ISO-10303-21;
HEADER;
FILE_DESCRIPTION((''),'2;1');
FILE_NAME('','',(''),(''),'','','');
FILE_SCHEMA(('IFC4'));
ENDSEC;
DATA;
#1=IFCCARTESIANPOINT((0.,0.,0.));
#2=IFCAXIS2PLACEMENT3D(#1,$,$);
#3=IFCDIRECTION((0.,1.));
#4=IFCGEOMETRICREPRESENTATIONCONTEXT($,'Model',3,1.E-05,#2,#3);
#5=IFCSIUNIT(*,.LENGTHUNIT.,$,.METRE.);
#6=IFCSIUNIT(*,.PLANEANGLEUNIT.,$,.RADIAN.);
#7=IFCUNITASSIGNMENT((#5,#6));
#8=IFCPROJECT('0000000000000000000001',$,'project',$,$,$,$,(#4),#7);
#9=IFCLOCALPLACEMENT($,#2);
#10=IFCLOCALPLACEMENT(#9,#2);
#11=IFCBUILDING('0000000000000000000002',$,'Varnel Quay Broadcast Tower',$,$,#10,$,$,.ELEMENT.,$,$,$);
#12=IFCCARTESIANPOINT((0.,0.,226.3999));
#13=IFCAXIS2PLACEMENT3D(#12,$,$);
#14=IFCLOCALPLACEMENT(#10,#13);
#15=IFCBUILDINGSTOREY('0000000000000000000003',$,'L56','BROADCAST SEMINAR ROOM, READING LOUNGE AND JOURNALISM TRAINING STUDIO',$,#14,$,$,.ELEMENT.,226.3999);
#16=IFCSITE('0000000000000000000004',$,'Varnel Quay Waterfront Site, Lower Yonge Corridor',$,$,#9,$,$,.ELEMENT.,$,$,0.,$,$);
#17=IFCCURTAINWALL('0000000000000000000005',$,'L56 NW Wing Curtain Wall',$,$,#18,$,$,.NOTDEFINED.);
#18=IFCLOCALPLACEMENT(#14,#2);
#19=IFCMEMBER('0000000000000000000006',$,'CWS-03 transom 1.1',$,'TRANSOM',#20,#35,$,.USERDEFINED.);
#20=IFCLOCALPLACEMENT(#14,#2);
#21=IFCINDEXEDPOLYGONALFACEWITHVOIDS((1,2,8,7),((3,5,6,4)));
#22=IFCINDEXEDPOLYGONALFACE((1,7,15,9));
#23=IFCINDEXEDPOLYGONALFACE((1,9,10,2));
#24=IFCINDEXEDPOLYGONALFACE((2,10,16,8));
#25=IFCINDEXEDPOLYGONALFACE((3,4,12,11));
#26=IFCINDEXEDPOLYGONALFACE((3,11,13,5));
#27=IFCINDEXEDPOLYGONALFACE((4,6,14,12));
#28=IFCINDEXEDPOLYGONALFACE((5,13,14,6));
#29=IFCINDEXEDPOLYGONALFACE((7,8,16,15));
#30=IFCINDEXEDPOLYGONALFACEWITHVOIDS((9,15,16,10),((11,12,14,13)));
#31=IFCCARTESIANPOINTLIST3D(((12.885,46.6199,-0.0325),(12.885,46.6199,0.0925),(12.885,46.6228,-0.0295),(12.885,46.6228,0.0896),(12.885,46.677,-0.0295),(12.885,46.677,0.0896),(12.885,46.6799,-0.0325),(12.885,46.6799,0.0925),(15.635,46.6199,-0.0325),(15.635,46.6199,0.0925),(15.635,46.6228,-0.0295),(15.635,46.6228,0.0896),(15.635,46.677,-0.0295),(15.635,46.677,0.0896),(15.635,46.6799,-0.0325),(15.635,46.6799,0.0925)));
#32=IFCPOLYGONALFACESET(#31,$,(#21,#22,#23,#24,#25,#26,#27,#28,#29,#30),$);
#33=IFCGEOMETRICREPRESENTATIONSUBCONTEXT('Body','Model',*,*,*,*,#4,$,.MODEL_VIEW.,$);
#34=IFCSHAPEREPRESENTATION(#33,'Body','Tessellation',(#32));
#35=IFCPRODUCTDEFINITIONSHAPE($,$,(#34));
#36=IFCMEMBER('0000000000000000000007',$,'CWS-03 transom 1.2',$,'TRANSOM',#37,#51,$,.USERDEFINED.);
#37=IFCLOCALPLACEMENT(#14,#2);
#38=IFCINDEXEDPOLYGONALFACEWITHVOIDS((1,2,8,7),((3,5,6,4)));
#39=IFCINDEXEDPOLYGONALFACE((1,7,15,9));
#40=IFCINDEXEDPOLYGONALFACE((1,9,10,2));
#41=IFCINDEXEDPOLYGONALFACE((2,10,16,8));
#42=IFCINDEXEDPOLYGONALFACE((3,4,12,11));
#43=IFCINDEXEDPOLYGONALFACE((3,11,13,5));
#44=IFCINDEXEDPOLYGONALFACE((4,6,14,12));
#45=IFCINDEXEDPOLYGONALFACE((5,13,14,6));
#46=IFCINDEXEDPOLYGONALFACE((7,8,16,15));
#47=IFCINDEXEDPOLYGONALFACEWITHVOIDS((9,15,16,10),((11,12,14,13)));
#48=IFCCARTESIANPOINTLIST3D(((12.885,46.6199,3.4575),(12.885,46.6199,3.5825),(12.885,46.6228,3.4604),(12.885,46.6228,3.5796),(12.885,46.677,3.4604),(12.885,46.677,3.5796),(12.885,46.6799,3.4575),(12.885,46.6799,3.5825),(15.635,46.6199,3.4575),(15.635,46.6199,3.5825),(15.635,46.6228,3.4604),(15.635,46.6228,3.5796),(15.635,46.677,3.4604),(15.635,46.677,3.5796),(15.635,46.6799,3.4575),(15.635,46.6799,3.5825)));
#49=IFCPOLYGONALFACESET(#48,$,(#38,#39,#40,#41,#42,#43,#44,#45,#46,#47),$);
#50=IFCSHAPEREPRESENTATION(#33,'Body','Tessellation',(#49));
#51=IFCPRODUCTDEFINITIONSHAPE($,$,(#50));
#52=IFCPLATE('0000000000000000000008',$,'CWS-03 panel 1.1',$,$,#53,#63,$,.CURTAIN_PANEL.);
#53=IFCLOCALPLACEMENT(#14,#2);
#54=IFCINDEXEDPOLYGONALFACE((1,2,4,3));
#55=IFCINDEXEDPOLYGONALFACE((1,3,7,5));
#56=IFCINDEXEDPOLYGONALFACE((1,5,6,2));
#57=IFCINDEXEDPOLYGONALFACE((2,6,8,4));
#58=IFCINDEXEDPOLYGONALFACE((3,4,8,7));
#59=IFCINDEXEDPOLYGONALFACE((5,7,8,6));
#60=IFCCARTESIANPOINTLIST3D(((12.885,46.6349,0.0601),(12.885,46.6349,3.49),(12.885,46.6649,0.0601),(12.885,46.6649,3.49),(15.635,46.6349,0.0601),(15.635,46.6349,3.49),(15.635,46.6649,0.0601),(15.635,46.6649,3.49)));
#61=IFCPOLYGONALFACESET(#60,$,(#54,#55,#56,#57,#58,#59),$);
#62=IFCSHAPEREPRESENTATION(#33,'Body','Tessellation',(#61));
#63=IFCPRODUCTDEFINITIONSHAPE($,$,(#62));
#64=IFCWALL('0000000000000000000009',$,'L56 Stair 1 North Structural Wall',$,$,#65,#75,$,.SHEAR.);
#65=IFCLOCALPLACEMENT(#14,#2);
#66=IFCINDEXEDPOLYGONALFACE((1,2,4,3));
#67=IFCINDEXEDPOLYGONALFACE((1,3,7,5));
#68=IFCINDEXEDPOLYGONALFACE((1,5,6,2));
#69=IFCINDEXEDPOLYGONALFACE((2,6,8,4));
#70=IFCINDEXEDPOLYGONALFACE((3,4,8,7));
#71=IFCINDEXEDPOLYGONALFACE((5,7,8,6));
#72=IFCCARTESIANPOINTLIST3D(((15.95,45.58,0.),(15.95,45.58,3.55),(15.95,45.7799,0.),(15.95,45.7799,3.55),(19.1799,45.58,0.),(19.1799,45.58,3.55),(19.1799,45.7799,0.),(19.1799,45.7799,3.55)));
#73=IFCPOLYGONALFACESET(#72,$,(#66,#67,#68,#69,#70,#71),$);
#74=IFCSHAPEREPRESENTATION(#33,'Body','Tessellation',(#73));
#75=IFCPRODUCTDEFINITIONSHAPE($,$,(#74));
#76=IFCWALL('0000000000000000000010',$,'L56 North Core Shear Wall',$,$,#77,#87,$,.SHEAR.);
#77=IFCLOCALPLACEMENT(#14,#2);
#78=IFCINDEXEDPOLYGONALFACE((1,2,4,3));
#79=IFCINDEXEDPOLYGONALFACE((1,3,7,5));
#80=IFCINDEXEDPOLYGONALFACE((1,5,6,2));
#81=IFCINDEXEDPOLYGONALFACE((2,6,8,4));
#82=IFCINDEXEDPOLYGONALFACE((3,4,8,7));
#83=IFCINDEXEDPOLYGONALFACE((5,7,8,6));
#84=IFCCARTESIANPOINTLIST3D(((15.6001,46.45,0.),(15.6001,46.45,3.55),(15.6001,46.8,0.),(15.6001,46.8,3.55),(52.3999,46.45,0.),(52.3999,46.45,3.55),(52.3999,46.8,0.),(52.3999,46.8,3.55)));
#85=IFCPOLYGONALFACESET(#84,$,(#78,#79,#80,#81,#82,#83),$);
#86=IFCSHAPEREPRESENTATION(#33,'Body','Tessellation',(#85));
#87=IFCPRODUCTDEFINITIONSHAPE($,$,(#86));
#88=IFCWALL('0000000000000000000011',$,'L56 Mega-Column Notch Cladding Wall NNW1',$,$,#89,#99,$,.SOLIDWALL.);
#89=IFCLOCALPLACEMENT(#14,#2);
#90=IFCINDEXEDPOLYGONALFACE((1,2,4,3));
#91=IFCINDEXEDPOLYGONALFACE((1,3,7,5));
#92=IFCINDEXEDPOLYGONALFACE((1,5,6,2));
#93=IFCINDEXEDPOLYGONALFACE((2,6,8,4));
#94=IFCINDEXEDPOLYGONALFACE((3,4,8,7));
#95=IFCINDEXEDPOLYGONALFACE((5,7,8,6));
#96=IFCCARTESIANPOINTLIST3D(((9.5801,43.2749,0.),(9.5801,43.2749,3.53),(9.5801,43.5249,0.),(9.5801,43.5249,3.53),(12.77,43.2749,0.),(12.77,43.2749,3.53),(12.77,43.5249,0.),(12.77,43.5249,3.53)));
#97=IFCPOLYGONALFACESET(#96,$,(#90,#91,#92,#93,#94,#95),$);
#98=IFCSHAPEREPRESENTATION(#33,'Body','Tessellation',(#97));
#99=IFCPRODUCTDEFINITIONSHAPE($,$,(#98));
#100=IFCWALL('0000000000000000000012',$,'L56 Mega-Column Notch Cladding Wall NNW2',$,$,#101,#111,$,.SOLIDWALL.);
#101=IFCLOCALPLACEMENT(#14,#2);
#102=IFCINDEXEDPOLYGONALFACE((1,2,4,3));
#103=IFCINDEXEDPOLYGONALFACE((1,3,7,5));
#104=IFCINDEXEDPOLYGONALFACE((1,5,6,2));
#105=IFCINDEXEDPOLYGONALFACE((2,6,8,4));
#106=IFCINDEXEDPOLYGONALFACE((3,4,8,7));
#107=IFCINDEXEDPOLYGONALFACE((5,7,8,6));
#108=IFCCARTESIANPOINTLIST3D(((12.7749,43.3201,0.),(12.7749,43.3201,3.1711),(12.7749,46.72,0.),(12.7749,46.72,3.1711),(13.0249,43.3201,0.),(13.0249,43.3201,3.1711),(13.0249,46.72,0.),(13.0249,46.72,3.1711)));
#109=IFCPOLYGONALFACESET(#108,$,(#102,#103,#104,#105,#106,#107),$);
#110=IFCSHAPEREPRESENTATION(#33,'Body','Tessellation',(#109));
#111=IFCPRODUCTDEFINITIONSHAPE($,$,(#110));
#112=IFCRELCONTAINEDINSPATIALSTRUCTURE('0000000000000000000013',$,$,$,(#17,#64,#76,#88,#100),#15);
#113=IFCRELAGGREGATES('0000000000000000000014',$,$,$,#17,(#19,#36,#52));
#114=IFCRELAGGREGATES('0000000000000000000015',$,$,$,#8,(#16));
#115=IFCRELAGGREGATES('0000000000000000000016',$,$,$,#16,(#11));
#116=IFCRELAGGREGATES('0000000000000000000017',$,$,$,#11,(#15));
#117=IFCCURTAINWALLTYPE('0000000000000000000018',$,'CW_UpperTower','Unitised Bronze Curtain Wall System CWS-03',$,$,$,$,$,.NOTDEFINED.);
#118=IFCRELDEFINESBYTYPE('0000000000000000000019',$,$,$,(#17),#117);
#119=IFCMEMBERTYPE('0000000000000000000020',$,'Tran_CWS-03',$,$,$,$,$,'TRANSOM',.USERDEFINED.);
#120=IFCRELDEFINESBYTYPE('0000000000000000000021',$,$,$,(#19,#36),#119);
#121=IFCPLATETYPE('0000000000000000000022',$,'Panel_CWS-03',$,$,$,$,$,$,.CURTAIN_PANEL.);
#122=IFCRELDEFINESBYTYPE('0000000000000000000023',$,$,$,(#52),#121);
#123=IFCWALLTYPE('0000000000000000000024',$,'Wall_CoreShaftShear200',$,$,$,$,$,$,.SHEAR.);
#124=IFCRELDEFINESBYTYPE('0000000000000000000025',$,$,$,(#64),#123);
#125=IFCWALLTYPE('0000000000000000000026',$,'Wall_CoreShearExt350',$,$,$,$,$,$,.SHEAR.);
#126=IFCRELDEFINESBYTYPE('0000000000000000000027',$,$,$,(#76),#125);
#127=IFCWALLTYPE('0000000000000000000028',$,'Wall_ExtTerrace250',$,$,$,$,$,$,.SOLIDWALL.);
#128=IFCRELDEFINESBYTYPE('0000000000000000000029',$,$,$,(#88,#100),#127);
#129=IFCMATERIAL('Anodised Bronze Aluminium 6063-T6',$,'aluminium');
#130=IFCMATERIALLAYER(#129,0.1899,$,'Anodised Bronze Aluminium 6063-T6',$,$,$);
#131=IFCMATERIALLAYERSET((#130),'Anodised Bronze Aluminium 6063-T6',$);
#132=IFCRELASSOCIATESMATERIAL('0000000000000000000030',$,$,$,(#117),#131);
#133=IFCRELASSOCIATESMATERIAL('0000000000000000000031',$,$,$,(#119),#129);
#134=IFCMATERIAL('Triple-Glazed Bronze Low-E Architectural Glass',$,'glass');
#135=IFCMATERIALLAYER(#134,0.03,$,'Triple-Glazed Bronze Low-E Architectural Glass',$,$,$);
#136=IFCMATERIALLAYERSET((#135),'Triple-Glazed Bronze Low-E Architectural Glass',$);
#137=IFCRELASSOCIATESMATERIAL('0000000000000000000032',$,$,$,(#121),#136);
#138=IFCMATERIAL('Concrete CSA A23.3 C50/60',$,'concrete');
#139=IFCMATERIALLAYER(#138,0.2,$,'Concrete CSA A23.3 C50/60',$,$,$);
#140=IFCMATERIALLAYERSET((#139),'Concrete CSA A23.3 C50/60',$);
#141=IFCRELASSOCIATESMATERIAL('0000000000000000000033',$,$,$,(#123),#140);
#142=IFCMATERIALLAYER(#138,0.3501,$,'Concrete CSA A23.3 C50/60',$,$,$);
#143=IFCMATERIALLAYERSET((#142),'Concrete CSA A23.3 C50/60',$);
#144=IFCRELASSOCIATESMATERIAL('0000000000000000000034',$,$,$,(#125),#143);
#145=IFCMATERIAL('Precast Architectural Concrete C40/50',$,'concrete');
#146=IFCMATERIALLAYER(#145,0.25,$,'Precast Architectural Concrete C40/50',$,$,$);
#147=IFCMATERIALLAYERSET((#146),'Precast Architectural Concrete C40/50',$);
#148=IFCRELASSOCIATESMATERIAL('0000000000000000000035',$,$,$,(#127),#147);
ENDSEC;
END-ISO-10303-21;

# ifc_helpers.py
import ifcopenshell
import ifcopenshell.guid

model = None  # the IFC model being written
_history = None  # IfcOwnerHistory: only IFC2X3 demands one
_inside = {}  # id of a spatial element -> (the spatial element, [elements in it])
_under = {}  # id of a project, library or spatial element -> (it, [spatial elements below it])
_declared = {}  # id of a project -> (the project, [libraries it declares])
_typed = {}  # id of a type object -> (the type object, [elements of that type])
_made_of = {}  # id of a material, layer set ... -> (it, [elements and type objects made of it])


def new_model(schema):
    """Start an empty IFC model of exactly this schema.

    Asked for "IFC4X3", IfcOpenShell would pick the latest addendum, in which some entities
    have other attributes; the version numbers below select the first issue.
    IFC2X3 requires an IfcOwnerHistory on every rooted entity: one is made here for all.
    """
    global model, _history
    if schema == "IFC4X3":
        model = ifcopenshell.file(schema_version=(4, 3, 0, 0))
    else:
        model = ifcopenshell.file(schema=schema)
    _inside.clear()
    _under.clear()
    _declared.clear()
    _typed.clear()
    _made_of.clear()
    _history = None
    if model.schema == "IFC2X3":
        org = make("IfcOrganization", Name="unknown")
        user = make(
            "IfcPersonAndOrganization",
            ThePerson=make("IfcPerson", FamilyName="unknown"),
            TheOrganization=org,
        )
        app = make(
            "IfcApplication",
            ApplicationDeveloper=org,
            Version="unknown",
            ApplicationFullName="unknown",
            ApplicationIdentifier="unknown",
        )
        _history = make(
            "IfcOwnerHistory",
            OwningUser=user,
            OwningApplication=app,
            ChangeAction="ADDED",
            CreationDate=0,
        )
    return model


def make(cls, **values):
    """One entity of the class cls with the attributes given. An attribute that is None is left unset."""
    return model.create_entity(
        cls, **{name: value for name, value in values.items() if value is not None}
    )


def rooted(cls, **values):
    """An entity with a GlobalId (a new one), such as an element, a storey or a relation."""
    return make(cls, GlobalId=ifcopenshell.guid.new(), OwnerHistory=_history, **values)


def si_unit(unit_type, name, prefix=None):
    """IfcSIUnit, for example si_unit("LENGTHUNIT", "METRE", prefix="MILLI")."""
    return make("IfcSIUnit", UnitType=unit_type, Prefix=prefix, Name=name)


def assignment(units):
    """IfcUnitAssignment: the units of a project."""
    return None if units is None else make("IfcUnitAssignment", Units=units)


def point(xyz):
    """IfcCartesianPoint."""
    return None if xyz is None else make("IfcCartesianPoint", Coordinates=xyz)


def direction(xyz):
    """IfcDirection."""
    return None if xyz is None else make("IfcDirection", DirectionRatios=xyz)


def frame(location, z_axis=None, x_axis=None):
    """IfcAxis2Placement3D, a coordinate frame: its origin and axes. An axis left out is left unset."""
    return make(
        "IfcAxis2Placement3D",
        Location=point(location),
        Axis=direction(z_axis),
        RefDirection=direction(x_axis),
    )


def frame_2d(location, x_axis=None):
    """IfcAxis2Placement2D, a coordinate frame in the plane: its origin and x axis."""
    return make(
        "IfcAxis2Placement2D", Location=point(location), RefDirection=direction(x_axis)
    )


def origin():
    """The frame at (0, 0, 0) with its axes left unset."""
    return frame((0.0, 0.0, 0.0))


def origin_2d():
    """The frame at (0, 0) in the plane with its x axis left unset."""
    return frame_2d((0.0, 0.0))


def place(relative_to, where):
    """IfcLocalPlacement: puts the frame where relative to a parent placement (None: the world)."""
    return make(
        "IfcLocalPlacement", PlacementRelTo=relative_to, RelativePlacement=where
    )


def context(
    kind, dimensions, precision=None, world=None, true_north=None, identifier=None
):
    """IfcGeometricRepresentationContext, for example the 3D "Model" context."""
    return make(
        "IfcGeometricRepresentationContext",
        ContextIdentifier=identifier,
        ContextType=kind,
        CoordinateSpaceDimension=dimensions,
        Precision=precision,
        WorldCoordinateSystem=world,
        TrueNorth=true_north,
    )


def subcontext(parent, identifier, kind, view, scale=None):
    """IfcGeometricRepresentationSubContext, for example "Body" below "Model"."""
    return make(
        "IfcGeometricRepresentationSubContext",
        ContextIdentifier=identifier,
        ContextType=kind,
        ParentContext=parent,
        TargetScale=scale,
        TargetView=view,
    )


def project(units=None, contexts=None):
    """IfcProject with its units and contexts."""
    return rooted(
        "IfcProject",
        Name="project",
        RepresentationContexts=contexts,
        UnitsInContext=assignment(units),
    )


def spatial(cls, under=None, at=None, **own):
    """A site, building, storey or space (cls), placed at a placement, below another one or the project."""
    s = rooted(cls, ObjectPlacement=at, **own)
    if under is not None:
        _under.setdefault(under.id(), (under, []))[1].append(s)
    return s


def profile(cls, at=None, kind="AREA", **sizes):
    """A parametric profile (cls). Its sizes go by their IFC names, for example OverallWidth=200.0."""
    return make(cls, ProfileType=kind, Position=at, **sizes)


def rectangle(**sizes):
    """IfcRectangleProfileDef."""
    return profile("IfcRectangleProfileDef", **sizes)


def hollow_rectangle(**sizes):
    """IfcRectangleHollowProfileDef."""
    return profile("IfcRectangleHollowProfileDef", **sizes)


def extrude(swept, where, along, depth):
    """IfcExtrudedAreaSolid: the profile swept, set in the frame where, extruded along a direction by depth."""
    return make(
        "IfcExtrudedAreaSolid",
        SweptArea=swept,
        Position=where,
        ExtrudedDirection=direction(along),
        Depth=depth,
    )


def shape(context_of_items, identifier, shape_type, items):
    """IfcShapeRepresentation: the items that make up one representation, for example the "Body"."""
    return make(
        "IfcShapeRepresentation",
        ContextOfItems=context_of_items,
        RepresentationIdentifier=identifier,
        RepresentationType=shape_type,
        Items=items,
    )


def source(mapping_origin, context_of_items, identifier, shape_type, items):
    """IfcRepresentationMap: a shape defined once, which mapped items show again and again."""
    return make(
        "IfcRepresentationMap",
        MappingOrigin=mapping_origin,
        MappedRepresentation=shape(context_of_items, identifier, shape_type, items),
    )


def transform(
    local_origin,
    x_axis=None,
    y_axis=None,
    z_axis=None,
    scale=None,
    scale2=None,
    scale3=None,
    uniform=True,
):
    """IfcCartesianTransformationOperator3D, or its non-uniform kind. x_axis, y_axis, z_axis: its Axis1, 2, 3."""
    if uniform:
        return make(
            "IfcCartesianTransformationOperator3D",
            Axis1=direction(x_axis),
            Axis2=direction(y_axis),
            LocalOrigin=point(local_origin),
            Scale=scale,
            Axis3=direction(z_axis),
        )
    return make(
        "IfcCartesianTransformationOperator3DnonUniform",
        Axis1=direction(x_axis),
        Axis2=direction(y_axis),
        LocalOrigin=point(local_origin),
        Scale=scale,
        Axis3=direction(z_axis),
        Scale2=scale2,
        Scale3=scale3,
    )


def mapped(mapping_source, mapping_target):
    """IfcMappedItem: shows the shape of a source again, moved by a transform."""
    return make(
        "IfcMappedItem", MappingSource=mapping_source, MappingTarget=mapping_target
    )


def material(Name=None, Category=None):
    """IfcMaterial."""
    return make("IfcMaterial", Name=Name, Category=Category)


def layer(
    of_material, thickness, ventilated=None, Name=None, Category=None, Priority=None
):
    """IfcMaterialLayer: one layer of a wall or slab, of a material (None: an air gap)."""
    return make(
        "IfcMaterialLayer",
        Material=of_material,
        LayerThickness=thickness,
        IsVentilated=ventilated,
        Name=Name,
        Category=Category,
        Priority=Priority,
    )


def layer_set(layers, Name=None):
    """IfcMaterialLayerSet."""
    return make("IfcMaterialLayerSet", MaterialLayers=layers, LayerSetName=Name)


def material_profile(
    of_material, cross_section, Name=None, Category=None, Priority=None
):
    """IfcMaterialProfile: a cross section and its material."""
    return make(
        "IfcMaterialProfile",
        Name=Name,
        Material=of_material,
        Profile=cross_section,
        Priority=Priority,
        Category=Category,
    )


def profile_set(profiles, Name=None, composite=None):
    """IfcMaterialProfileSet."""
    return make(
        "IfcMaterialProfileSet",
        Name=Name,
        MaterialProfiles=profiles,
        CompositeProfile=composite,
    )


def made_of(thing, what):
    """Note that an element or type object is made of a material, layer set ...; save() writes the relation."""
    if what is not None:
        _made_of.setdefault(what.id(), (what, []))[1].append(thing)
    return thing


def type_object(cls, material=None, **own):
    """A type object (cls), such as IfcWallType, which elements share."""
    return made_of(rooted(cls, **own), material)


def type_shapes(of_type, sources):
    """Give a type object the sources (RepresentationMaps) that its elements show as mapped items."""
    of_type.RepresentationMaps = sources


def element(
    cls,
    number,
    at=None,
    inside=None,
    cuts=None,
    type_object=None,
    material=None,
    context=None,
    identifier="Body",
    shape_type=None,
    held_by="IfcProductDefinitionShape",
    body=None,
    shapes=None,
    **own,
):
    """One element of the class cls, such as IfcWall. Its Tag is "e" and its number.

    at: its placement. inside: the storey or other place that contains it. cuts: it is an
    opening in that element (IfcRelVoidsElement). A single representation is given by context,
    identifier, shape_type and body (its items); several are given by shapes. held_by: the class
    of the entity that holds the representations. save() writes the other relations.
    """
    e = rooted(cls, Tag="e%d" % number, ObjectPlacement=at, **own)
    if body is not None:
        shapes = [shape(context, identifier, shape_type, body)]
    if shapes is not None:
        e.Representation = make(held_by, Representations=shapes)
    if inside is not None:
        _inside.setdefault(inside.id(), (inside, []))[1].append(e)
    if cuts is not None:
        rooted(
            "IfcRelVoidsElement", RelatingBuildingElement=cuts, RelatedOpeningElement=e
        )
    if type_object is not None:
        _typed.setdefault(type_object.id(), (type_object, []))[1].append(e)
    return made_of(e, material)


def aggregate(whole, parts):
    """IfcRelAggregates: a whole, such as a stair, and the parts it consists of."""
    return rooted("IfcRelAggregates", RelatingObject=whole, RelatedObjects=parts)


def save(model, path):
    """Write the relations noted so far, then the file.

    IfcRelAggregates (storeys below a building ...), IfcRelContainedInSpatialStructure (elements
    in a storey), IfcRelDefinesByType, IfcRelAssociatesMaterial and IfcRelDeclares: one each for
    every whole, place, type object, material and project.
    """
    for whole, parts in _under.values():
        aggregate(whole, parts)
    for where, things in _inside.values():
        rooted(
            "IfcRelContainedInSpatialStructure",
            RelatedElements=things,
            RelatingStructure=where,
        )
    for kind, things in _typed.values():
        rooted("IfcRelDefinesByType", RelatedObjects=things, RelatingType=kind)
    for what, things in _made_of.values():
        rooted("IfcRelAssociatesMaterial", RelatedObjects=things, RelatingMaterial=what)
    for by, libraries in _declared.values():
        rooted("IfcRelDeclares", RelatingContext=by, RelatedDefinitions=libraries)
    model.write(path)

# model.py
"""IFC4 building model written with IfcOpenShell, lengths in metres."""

from ifc_helpers import new_model, si_unit, direction, frame, frame_2d, origin, origin_2d, place, context, subcontext, project, spatial, rectangle, hollow_rectangle, extrude, source, transform, mapped, material, layer, layer_set, material_profile, profile_set, type_object, type_shapes, element, aggregate, save


model = new_model("IFC4")

# Units and contexts
model_context = context("Model", 3, precision=1e-05, world=origin(), true_north=direction((0.0, 1.0)))
body_context = subcontext(model_context, "Body", "Model", "MODEL_VIEW")
ifc_project = project(units=[si_unit("LENGTHUNIT", "METRE"), si_unit("PLANEANGLEUNIT", "RADIAN")], contexts=[model_context])

# Site, building, storey
site_placement = place(None, origin())
site = spatial("IfcSite", under=ifc_project, at=site_placement, Name="Varnel Quay Waterfront Site, Lower Yonge Corridor", CompositionType="ELEMENT", RefElevation=0.0)
building_placement = place(site_placement, origin())
building = spatial("IfcBuilding", under=site, at=building_placement, Name="Varnel Quay Broadcast Tower", CompositionType="ELEMENT")
storey_placement = place(building_placement, frame((0.0, 0.0, 226.3999)))
storey = spatial("IfcBuildingStorey", under=building, at=storey_placement, Name="L56", Description="BROADCAST SEMINAR ROOM, READING LOUNGE AND JOURNALISM TRAINING STUDIO", CompositionType="ELEMENT", Elevation=226.3999)

# Shared definitions
ifc_material_1 = material(Name="Anodised Bronze Aluminium 6063-T6", Category="aluminium")
ifc_layer_1 = layer(ifc_material_1, 0.1899, Name="Anodised Bronze Aluminium 6063-T6")
ifc_layer_set_1 = layer_set([ifc_layer_1], Name="Anodised Bronze Aluminium 6063-T6")
curtain_wall_type = type_object("IfcCurtainWallType", Name="CW_UpperTower", Description="Unitised Bronze Curtain Wall System CWS-03", PredefinedType="NOTDEFINED", material=ifc_layer_set_1)

# Curtain wall, members, plate
curtain_wall_1_placement = place(storey_placement, origin())
curtain_wall_1 = element("IfcCurtainWall", 1, at=curtain_wall_1_placement, inside=storey, type_object=curtain_wall_type, Name="L56 NW Wing Curtain Wall", PredefinedType="NOTDEFINED")
ifc_material_profile_1 = material_profile(ifc_material_1, hollow_rectangle(XDim=0.0601, YDim=0.125, WallThickness=0.0029, at=origin_2d()), Name="ALU60X125X3")
ifc_profile_set_1 = profile_set([ifc_material_profile_1], Name="Anodised Bronze Aluminium 6063-T6")
member_type_1 = type_object("IfcMemberType", Name="Tran_CWS-03", ElementType="TRANSOM", PredefinedType="USERDEFINED", material=ifc_profile_set_1)
shared_shape_1 = source(origin(), body_context, "Body", "SweptSolid", [
    extrude(hollow_rectangle(XDim=0.0601, YDim=0.125, WallThickness=0.0029, at=origin_2d()), origin(), (0.0, 0.0, 1.0), 2.75),
])
type_shapes(member_type_1, [shared_shape_1])
member_1_placement = place(storey_placement, frame((12.885, 46.6499, 0.03), z_axis=(1.0, 0.0, 0.0), x_axis=(0.0, 1.0, 0.0)))
member_1 = element("IfcMember", 2, at=member_1_placement, type_object=member_type_1, Name="CWS-03 transom 1.1", ObjectType="TRANSOM", PredefinedType="USERDEFINED", context=body_context, shape_type="MappedRepresentation", body=[
    mapped(shared_shape_1, transform((0.0, 0.0, 0.0), x_axis=(1.0, 0.0, 0.0), y_axis=(0.0, 1.0, 0.0), z_axis=(0.0, 0.0, 1.0), scale=1.0)),
])
member_2_placement = place(storey_placement, frame((12.885, 46.6499, 3.52), z_axis=(1.0, 0.0, 0.0), x_axis=(0.0, 1.0, 0.0)))
member_2 = element("IfcMember", 3, at=member_2_placement, type_object=member_type_1, Name="CWS-03 transom 1.2", ObjectType="TRANSOM", PredefinedType="USERDEFINED", context=body_context, shape_type="MappedRepresentation", body=[
    mapped(shared_shape_1, transform((0.0, 0.0, 0.0), x_axis=(1.0, 0.0, 0.0), y_axis=(0.0, 1.0, 0.0), z_axis=(0.0, 0.0, 1.0), scale=1.0)),
])
ifc_material_2 = material(Name="Triple-Glazed Bronze Low-E Architectural Glass", Category="glass")
ifc_layer_2 = layer(ifc_material_2, 0.03, Name="Triple-Glazed Bronze Low-E Architectural Glass")
ifc_layer_set_2 = layer_set([ifc_layer_2], Name="Triple-Glazed Bronze Low-E Architectural Glass")
plate_type = type_object("IfcPlateType", Name="Panel_CWS-03", PredefinedType="CURTAIN_PANEL", material=ifc_layer_set_2)
shared_shape_2 = source(origin(), body_context, "Body", "SweptSolid", [
    extrude(rectangle(XDim=2.75, YDim=0.03, at=origin_2d()), origin(), (0.0, 0.0, 1.0), 3.4299),
])
type_shapes(plate_type, [shared_shape_2])
plate_placement = place(storey_placement, frame((14.26, 46.6499, 0.0601), z_axis=(0.0, 0.0, 1.0), x_axis=(1.0, 0.0, 0.0)))
plate = element("IfcPlate", 4, at=plate_placement, type_object=plate_type, Name="CWS-03 panel 1.1", PredefinedType="CURTAIN_PANEL", context=body_context, shape_type="MappedRepresentation", body=[
    mapped(shared_shape_2, transform((0.0, 0.0, 0.0), x_axis=(1.0, 0.0, 0.0), y_axis=(0.0, 1.0, 0.0), z_axis=(0.0, 0.0, 1.0), scale=1.0)),
])
aggregate(curtain_wall_1, [member_1, member_2, plate])

# Walls
ifc_material_3 = material(Name="Concrete CSA A23.3 C50/60", Category="concrete")
ifc_layer_3 = layer(ifc_material_3, 0.2, Name="Concrete CSA A23.3 C50/60")
ifc_layer_set_3 = layer_set([ifc_layer_3], Name="Concrete CSA A23.3 C50/60")
wall_type_1 = type_object("IfcWallType", Name="Wall_CoreShaftShear200", PredefinedType="SHEAR", material=ifc_layer_set_3)
wall_1_placement = place(storey_placement, frame((15.95, 45.6799, 0.0), z_axis=(0.0, 0.0, 1.0), x_axis=(1.0, 0.0, 0.0)))
element("IfcWall", 5, at=wall_1_placement, inside=storey, type_object=wall_type_1, Name="L56 Stair 1 North Structural Wall", PredefinedType="SHEAR", context=body_context, shape_type="SweptSolid", body=[
    extrude(rectangle(XDim=3.23, YDim=0.2, at=frame_2d((1.615, 0.0))), origin(), (0.0, 0.0, 1.0), 3.55),
])
ifc_layer_4 = layer(ifc_material_3, 0.3501, Name="Concrete CSA A23.3 C50/60")
ifc_layer_set_4 = layer_set([ifc_layer_4], Name="Concrete CSA A23.3 C50/60")
wall_type_2 = type_object("IfcWallType", Name="Wall_CoreShearExt350", PredefinedType="SHEAR", material=ifc_layer_set_4)
wall_2_placement = place(storey_placement, frame((15.6001, 46.625, 0.0), z_axis=(0.0, 0.0, 1.0), x_axis=(1.0, 0.0, 0.0)))
element("IfcWall", 6, at=wall_2_placement, inside=storey, type_object=wall_type_2, Name="L56 North Core Shear Wall", PredefinedType="SHEAR", context=body_context, shape_type="SweptSolid", body=[
    extrude(rectangle(XDim=36.7998, YDim=0.3501, at=frame_2d((18.3999, 0.0))), origin(), (0.0, 0.0, 1.0), 3.55),
])
ifc_material_4 = material(Name="Precast Architectural Concrete C40/50", Category="concrete")
ifc_layer_5 = layer(ifc_material_4, 0.25, Name="Precast Architectural Concrete C40/50")
ifc_layer_set_5 = layer_set([ifc_layer_5], Name="Precast Architectural Concrete C40/50")
wall_type_3 = type_object("IfcWallType", Name="Wall_ExtTerrace250", PredefinedType="SOLIDWALL", material=ifc_layer_set_5)
wall_3_placement = place(storey_placement, frame((9.5801, 43.3999, 0.0), z_axis=(0.0, 0.0, 1.0), x_axis=(1.0, 0.0, 0.0)))
element("IfcWall", 7, at=wall_3_placement, inside=storey, type_object=wall_type_3, Name="L56 Mega-Column Notch Cladding Wall NNW1", PredefinedType="SOLIDWALL", context=body_context, shape_type="SweptSolid", body=[
    extrude(rectangle(XDim=3.1899, YDim=0.25, at=frame_2d((1.595, 0.0))), origin(), (0.0, 0.0, 1.0), 3.53),
])
wall_4_placement = place(storey_placement, frame((12.8999, 43.3201, 0.0), z_axis=(0.0, 0.0, 1.0), x_axis=(0.0, 1.0, 0.0)))
element("IfcWall", 8, at=wall_4_placement, inside=storey, type_object=wall_type_3, Name="L56 Mega-Column Notch Cladding Wall NNW2", PredefinedType="SOLIDWALL", context=body_context, shape_type="SweptSolid", body=[
    extrude(rectangle(XDim=3.3999, YDim=0.25, at=frame_2d((1.7, 0.0))), origin(), (0.0, 0.0, 1.0), 3.1711),
])

save(model, "model.ifc")
